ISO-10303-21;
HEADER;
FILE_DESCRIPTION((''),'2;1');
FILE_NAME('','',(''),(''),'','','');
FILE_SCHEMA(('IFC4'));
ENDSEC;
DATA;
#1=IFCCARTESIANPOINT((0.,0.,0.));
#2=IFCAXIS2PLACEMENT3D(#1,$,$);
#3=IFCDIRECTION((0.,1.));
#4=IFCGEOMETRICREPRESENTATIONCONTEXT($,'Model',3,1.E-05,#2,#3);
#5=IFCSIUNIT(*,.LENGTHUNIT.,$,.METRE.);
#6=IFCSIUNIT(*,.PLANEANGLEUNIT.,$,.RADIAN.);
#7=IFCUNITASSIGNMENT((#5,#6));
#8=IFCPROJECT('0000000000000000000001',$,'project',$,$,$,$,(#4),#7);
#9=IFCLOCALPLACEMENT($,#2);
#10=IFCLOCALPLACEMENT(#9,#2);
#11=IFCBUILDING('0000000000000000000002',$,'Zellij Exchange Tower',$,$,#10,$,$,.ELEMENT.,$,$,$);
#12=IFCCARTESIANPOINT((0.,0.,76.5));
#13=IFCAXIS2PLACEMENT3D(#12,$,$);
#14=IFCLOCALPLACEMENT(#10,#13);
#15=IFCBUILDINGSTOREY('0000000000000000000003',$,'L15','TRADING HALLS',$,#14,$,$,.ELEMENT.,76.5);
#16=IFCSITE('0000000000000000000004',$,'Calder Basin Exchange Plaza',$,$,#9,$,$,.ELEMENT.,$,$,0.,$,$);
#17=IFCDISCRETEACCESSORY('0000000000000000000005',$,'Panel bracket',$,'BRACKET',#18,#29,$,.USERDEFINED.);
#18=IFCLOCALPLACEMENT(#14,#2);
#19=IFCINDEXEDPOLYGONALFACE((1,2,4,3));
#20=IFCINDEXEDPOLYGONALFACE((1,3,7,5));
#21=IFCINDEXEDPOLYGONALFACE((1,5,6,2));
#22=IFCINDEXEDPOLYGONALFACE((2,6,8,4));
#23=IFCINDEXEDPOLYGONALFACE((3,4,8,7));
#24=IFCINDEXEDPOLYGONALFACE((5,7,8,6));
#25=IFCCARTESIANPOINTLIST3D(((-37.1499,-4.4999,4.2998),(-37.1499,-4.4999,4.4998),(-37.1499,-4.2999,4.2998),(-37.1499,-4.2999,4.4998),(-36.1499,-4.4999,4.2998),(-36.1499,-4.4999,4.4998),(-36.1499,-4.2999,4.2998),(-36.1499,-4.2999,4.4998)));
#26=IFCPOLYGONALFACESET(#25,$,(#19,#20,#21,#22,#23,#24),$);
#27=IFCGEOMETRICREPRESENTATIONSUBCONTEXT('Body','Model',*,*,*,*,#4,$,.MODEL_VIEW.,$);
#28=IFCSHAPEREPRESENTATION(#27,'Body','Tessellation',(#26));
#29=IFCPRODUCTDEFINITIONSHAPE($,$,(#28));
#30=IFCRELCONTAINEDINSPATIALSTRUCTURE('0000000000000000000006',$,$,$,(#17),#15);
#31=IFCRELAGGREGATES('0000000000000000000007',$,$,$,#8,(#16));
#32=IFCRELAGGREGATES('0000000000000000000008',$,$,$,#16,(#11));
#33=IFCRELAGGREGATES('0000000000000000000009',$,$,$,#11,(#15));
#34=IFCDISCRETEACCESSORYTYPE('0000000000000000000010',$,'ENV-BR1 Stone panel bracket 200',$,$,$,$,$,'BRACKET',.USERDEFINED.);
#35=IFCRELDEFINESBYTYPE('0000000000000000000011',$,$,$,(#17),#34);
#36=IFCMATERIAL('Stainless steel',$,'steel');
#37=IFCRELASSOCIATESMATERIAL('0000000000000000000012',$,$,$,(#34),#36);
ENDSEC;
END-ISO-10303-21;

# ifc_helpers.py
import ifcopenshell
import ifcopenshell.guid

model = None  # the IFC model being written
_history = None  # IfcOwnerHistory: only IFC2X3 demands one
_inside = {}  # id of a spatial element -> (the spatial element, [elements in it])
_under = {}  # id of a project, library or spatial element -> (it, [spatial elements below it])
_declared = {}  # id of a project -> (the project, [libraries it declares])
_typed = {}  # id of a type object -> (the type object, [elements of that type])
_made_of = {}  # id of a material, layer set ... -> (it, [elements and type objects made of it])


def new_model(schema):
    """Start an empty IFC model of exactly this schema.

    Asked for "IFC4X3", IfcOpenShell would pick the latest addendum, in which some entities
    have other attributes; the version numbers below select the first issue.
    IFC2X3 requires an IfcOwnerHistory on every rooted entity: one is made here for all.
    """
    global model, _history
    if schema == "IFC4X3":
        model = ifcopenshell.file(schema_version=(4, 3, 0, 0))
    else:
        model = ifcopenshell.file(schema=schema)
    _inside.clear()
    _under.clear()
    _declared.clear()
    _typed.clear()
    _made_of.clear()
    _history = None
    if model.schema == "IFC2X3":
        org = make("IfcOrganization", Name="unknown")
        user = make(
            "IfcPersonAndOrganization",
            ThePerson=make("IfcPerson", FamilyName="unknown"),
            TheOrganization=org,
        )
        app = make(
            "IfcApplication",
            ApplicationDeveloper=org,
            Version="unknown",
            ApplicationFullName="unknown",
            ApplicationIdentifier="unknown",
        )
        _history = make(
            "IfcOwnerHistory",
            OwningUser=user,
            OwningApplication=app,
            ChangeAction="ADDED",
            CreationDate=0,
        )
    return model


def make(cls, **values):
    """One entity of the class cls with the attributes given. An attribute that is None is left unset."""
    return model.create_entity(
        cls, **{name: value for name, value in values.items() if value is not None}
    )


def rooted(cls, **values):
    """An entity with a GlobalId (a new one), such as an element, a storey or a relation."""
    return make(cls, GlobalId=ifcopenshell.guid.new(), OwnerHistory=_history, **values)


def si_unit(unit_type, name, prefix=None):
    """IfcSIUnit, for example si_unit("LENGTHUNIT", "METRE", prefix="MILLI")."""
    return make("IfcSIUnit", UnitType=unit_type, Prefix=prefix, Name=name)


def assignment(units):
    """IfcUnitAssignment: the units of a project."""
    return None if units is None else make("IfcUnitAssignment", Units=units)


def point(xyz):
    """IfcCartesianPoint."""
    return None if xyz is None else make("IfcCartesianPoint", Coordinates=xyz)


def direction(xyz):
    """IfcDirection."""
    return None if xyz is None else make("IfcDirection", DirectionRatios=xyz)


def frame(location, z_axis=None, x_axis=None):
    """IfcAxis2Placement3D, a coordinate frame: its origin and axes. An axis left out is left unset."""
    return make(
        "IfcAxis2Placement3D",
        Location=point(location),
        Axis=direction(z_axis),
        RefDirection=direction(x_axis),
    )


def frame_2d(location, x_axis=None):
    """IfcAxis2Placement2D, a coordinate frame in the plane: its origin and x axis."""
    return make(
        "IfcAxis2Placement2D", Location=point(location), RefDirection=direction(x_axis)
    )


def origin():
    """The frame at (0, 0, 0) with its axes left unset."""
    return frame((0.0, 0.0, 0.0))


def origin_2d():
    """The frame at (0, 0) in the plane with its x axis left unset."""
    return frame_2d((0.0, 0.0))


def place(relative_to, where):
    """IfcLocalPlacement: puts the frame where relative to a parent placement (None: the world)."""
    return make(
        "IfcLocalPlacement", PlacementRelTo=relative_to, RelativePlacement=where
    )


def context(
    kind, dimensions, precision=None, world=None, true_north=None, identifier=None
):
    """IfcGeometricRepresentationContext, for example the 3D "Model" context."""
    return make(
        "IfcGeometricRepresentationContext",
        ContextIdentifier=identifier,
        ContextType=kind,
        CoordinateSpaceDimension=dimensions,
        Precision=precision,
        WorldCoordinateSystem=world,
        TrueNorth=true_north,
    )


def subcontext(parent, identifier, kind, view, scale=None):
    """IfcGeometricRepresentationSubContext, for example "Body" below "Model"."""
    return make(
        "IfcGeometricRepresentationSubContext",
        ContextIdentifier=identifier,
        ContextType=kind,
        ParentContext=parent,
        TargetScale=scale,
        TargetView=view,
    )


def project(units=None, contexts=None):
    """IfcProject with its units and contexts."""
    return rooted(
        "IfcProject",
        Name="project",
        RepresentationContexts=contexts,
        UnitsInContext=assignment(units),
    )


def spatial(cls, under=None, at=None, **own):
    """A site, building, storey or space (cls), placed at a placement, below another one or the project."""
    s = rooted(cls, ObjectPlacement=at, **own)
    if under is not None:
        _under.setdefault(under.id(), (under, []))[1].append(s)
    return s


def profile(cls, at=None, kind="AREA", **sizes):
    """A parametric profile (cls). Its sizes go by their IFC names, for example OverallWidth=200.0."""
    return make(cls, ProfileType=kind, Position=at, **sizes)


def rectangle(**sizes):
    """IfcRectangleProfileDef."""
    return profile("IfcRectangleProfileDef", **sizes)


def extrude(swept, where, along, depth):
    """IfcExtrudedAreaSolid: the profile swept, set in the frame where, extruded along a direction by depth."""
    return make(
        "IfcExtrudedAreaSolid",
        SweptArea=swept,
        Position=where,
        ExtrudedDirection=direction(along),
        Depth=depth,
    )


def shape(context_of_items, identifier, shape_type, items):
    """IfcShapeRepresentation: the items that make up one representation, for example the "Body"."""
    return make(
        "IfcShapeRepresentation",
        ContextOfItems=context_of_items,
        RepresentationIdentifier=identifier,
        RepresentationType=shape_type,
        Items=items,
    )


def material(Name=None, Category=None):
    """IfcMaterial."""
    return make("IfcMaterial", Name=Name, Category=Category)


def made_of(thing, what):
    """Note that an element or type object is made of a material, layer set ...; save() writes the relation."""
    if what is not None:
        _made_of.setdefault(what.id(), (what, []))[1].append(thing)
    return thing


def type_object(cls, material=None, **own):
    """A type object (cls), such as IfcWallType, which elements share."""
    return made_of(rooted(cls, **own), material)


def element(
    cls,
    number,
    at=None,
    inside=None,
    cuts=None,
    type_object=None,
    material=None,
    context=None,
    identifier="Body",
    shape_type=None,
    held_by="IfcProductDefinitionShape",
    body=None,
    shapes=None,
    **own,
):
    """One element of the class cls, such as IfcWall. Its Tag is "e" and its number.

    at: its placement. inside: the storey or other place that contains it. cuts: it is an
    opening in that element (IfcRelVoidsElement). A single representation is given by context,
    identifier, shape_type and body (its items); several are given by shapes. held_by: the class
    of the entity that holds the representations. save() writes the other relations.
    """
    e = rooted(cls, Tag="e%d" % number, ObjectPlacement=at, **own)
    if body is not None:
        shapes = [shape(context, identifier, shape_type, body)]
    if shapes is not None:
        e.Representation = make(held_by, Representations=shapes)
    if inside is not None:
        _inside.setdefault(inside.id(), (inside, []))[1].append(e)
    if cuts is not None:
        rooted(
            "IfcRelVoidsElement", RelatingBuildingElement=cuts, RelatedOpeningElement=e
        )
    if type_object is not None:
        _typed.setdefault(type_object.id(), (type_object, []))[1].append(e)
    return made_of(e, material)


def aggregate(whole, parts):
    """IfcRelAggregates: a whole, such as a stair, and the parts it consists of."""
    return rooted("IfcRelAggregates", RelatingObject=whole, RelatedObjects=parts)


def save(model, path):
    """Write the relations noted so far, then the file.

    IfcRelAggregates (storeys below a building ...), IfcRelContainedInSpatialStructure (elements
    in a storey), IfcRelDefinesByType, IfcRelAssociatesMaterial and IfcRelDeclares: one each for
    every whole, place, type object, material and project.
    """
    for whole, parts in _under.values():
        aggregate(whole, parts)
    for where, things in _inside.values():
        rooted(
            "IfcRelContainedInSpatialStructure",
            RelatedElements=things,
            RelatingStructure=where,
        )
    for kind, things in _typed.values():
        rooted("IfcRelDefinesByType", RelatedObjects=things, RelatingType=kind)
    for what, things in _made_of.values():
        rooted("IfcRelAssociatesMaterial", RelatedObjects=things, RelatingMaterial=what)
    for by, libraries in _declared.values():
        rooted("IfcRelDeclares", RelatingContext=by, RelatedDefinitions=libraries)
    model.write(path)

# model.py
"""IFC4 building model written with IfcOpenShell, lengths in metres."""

from ifc_helpers import new_model, si_unit, direction, frame, origin, origin_2d, place, context, subcontext, project, spatial, rectangle, extrude, material, type_object, element, save


model = new_model("IFC4")

# Units and contexts
model_context = context("Model", 3, precision=1e-05, world=origin(), true_north=direction((0.0, 1.0)))
body_context = subcontext(model_context, "Body", "Model", "MODEL_VIEW")
ifc_project = project(units=[si_unit("LENGTHUNIT", "METRE"), si_unit("PLANEANGLEUNIT", "RADIAN")], contexts=[model_context])

# Site, building, storey
site_placement = place(None, origin())
site = spatial("IfcSite", under=ifc_project, at=site_placement, Name="Calder Basin Exchange Plaza", CompositionType="ELEMENT", RefElevation=0.0)
building_placement = place(site_placement, origin())
building = spatial("IfcBuilding", under=site, at=building_placement, Name="Zellij Exchange Tower", CompositionType="ELEMENT")
storey_placement = place(building_placement, frame((0.0, 0.0, 76.5)))
storey = spatial("IfcBuildingStorey", under=building, at=storey_placement, Name="L15", Description="TRADING HALLS", CompositionType="ELEMENT", Elevation=76.5)

# Discrete accessory
ifc_material_1 = material(Name="Stainless steel", Category="steel")
discrete_accessory_type = type_object("IfcDiscreteAccessoryType", Name="ENV-BR1 Stone panel bracket 200", ElementType="BRACKET", PredefinedType="USERDEFINED", material=ifc_material_1)
for number, where, z_axis, x_axis, name in (
    (1, (-36.6499, -4.3999, 4.2998), (0.0, 0.0, 1.0), (0.0, -1.0, 0.0), "Panel bracket"),
):
    element("IfcDiscreteAccessory", number, at=place(storey_placement, frame(where, z_axis=z_axis, x_axis=x_axis)), inside=storey, type_object=discrete_accessory_type, Name=name, ObjectType="BRACKET", PredefinedType="USERDEFINED", context=body_context, shape_type="SweptSolid", body=[
        extrude(rectangle(XDim=0.2, YDim=1.0, at=origin_2d()), origin(), (0.0, 0.0, 1.0), 0.2),
    ])

save(model, "model.ifc")
